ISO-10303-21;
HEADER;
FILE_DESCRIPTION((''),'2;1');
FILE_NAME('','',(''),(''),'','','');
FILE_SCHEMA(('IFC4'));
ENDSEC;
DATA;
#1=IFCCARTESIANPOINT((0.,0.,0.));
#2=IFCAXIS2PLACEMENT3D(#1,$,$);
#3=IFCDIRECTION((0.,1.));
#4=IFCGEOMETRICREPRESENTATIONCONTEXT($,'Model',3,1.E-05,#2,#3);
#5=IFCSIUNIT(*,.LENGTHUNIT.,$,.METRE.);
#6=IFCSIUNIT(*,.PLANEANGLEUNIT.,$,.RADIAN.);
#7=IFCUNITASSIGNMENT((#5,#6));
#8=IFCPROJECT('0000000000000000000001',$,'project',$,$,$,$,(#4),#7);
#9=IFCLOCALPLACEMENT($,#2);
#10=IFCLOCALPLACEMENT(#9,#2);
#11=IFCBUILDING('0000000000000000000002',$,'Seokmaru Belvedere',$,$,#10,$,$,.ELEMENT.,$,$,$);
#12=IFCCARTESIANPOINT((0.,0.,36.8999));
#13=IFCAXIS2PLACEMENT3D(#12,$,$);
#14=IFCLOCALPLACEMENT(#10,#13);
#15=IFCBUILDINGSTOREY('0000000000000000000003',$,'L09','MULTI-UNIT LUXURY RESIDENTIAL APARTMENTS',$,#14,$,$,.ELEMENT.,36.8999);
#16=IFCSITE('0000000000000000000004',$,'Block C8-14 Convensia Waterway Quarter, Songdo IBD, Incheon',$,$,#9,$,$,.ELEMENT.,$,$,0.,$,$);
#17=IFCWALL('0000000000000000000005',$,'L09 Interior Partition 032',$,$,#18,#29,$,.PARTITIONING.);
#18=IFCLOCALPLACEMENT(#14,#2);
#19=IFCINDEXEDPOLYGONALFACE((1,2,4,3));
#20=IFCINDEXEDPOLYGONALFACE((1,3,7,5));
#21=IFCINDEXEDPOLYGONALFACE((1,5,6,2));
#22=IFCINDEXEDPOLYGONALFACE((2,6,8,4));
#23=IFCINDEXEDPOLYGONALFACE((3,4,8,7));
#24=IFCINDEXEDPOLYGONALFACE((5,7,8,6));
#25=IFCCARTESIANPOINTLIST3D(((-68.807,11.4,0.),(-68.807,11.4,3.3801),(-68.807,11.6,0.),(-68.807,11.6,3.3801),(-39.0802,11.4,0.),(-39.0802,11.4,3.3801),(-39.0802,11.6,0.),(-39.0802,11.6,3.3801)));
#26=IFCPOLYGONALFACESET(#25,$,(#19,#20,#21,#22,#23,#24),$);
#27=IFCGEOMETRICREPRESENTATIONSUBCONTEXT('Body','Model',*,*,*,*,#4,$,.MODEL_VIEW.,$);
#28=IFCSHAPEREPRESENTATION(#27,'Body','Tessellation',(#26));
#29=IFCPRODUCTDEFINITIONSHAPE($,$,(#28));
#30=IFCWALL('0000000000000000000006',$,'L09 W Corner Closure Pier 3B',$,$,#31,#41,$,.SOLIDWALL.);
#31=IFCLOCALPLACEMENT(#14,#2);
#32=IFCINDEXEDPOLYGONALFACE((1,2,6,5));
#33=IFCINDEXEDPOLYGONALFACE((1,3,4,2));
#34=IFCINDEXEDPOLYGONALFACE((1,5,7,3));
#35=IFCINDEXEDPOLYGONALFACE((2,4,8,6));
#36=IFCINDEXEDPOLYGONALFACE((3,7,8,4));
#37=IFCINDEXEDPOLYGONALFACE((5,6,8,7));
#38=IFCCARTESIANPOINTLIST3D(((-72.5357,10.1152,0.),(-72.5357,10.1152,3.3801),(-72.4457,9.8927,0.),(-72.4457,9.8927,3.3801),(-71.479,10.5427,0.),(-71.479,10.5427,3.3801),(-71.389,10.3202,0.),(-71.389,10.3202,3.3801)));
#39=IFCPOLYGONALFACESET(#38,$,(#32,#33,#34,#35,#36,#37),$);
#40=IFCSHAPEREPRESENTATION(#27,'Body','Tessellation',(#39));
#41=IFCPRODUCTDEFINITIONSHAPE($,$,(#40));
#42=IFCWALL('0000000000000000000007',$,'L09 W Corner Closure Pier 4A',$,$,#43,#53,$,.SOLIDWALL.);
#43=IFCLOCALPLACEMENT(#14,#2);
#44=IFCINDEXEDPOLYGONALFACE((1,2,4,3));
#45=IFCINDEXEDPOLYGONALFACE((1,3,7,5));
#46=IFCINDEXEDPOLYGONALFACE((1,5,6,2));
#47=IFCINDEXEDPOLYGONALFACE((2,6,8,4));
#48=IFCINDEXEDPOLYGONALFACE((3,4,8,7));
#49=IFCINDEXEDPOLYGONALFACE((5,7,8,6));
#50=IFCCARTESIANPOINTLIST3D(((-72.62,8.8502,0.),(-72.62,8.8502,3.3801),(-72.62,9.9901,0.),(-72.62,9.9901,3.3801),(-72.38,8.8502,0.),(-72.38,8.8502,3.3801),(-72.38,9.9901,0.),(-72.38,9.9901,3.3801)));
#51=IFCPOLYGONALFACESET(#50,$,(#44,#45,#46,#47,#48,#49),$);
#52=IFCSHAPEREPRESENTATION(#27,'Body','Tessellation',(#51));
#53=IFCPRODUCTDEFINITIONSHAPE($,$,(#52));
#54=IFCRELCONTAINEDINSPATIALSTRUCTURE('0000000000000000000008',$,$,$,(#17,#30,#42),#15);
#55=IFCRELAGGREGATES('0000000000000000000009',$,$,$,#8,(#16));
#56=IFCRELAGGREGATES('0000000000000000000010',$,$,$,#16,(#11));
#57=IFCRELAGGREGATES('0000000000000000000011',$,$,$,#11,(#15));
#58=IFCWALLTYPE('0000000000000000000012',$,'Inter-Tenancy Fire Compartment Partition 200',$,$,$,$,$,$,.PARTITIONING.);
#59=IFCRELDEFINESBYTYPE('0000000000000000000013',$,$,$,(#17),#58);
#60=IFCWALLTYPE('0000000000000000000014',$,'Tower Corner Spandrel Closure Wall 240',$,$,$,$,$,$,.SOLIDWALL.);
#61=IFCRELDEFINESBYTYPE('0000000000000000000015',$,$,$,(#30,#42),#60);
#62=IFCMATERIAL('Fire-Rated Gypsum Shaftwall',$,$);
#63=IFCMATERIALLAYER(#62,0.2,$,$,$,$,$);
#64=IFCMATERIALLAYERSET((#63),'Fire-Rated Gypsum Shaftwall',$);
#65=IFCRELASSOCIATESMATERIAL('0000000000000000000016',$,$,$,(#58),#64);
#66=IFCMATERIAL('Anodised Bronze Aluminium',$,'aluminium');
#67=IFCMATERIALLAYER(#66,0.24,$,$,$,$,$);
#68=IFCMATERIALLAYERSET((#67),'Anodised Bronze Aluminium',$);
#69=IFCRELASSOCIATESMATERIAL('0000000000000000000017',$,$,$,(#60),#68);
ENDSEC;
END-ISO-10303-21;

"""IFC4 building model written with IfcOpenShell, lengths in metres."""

from ifc_helpers import new_model, si_unit, direction, frame, frame_2d, origin, place, context, subcontext, project, spatial, rectangle, extrude, material, layer, layer_set, type_object, element, save


model = new_model("IFC4")

# Units and contexts
model_context = context("Model", 3, precision=1e-05, world=origin(), true_north=direction((0.0, 1.0)))
body_context = subcontext(model_context, "Body", "Model", "MODEL_VIEW")
ifc_project = project(units=[si_unit("LENGTHUNIT", "METRE"), si_unit("PLANEANGLEUNIT", "RADIAN")], contexts=[model_context])

# Site, building, storey
site_placement = place(None, origin())
site = spatial("IfcSite", under=ifc_project, at=site_placement, Name="Block C8-14 Convensia Waterway Quarter, Songdo IBD, Incheon", CompositionType="ELEMENT", RefElevation=0.0)
building_placement = place(site_placement, origin())
building = spatial("IfcBuilding", under=site, at=building_placement, Name="Seokmaru Belvedere", CompositionType="ELEMENT")
storey_placement = place(building_placement, frame((0.0, 0.0, 36.8999)))
storey = spatial("IfcBuildingStorey", under=building, at=storey_placement, Name="L09", Description="MULTI-UNIT LUXURY RESIDENTIAL APARTMENTS", CompositionType="ELEMENT", Elevation=36.8999)

# Shared definitions
ifc_material_1 = material(Name="Anodised Bronze Aluminium", Category="aluminium")

# Shared definitions
ifc_material_2 = material(Name="Fire-Rated Gypsum Shaftwall")

# Walls
ifc_layer_1 = layer(ifc_material_2, 0.2)
ifc_layer_set_1 = layer_set([ifc_layer_1], Name="Fire-Rated Gypsum Shaftwall")
wall_type_1 = type_object("IfcWallType", Name="Inter-Tenancy Fire Compartment Partition 200", PredefinedType="PARTITIONING", material=ifc_layer_set_1)
wall_1_placement = place(storey_placement, frame((-68.8069, 11.5, 0.0), z_axis=(0.0, 0.0, 1.0), x_axis=(1.0, 0.0, 0.0)))
element("IfcWall", 1, at=wall_1_placement, inside=storey, type_object=wall_type_1, Name="L09 Interior Partition 032", PredefinedType="PARTITIONING", context=body_context, shape_type="SweptSolid", body=[
    extrude(rectangle(XDim=29.7268, YDim=0.2, at=frame_2d((14.8633, 0.0))), origin(), (0.0, 0.0, 1.0), 3.3801),
])
ifc_layer_2 = layer(ifc_material_1, 0.24)
ifc_layer_set_2 = layer_set([ifc_layer_2], Name="Anodised Bronze Aluminium")
wall_type_2 = type_object("IfcWallType", Name="Tower Corner Spandrel Closure Wall 240", PredefinedType="SOLIDWALL", material=ifc_layer_set_2)
for number, where, z_axis, x_axis, name in (
    (2, (-71.4341, 10.4314, 0.0), (0.0, 0.0, 1.0), (-0.927007, -0.375044, 0.0), "L09 W Corner Closure Pier 3B"),
    (3, (-72.5, 9.99, 0.0), (0.0, 0.0, 1.0), (0.0, -1.0, 0.0), "L09 W Corner Closure Pier 4A"),
):
    element("IfcWall", number, at=place(storey_placement, frame(where, z_axis=z_axis, x_axis=x_axis)), inside=storey, type_object=wall_type_2, Name=name, PredefinedType="SOLIDWALL", context=body_context, shape_type="SweptSolid", body=[
        extrude(rectangle(XDim=1.1399, YDim=0.24, at=frame_2d((0.5698, 0.0))), origin(), (0.0, 0.0, 1.0), 3.3801),
    ])

save(model, "model.ifc")
